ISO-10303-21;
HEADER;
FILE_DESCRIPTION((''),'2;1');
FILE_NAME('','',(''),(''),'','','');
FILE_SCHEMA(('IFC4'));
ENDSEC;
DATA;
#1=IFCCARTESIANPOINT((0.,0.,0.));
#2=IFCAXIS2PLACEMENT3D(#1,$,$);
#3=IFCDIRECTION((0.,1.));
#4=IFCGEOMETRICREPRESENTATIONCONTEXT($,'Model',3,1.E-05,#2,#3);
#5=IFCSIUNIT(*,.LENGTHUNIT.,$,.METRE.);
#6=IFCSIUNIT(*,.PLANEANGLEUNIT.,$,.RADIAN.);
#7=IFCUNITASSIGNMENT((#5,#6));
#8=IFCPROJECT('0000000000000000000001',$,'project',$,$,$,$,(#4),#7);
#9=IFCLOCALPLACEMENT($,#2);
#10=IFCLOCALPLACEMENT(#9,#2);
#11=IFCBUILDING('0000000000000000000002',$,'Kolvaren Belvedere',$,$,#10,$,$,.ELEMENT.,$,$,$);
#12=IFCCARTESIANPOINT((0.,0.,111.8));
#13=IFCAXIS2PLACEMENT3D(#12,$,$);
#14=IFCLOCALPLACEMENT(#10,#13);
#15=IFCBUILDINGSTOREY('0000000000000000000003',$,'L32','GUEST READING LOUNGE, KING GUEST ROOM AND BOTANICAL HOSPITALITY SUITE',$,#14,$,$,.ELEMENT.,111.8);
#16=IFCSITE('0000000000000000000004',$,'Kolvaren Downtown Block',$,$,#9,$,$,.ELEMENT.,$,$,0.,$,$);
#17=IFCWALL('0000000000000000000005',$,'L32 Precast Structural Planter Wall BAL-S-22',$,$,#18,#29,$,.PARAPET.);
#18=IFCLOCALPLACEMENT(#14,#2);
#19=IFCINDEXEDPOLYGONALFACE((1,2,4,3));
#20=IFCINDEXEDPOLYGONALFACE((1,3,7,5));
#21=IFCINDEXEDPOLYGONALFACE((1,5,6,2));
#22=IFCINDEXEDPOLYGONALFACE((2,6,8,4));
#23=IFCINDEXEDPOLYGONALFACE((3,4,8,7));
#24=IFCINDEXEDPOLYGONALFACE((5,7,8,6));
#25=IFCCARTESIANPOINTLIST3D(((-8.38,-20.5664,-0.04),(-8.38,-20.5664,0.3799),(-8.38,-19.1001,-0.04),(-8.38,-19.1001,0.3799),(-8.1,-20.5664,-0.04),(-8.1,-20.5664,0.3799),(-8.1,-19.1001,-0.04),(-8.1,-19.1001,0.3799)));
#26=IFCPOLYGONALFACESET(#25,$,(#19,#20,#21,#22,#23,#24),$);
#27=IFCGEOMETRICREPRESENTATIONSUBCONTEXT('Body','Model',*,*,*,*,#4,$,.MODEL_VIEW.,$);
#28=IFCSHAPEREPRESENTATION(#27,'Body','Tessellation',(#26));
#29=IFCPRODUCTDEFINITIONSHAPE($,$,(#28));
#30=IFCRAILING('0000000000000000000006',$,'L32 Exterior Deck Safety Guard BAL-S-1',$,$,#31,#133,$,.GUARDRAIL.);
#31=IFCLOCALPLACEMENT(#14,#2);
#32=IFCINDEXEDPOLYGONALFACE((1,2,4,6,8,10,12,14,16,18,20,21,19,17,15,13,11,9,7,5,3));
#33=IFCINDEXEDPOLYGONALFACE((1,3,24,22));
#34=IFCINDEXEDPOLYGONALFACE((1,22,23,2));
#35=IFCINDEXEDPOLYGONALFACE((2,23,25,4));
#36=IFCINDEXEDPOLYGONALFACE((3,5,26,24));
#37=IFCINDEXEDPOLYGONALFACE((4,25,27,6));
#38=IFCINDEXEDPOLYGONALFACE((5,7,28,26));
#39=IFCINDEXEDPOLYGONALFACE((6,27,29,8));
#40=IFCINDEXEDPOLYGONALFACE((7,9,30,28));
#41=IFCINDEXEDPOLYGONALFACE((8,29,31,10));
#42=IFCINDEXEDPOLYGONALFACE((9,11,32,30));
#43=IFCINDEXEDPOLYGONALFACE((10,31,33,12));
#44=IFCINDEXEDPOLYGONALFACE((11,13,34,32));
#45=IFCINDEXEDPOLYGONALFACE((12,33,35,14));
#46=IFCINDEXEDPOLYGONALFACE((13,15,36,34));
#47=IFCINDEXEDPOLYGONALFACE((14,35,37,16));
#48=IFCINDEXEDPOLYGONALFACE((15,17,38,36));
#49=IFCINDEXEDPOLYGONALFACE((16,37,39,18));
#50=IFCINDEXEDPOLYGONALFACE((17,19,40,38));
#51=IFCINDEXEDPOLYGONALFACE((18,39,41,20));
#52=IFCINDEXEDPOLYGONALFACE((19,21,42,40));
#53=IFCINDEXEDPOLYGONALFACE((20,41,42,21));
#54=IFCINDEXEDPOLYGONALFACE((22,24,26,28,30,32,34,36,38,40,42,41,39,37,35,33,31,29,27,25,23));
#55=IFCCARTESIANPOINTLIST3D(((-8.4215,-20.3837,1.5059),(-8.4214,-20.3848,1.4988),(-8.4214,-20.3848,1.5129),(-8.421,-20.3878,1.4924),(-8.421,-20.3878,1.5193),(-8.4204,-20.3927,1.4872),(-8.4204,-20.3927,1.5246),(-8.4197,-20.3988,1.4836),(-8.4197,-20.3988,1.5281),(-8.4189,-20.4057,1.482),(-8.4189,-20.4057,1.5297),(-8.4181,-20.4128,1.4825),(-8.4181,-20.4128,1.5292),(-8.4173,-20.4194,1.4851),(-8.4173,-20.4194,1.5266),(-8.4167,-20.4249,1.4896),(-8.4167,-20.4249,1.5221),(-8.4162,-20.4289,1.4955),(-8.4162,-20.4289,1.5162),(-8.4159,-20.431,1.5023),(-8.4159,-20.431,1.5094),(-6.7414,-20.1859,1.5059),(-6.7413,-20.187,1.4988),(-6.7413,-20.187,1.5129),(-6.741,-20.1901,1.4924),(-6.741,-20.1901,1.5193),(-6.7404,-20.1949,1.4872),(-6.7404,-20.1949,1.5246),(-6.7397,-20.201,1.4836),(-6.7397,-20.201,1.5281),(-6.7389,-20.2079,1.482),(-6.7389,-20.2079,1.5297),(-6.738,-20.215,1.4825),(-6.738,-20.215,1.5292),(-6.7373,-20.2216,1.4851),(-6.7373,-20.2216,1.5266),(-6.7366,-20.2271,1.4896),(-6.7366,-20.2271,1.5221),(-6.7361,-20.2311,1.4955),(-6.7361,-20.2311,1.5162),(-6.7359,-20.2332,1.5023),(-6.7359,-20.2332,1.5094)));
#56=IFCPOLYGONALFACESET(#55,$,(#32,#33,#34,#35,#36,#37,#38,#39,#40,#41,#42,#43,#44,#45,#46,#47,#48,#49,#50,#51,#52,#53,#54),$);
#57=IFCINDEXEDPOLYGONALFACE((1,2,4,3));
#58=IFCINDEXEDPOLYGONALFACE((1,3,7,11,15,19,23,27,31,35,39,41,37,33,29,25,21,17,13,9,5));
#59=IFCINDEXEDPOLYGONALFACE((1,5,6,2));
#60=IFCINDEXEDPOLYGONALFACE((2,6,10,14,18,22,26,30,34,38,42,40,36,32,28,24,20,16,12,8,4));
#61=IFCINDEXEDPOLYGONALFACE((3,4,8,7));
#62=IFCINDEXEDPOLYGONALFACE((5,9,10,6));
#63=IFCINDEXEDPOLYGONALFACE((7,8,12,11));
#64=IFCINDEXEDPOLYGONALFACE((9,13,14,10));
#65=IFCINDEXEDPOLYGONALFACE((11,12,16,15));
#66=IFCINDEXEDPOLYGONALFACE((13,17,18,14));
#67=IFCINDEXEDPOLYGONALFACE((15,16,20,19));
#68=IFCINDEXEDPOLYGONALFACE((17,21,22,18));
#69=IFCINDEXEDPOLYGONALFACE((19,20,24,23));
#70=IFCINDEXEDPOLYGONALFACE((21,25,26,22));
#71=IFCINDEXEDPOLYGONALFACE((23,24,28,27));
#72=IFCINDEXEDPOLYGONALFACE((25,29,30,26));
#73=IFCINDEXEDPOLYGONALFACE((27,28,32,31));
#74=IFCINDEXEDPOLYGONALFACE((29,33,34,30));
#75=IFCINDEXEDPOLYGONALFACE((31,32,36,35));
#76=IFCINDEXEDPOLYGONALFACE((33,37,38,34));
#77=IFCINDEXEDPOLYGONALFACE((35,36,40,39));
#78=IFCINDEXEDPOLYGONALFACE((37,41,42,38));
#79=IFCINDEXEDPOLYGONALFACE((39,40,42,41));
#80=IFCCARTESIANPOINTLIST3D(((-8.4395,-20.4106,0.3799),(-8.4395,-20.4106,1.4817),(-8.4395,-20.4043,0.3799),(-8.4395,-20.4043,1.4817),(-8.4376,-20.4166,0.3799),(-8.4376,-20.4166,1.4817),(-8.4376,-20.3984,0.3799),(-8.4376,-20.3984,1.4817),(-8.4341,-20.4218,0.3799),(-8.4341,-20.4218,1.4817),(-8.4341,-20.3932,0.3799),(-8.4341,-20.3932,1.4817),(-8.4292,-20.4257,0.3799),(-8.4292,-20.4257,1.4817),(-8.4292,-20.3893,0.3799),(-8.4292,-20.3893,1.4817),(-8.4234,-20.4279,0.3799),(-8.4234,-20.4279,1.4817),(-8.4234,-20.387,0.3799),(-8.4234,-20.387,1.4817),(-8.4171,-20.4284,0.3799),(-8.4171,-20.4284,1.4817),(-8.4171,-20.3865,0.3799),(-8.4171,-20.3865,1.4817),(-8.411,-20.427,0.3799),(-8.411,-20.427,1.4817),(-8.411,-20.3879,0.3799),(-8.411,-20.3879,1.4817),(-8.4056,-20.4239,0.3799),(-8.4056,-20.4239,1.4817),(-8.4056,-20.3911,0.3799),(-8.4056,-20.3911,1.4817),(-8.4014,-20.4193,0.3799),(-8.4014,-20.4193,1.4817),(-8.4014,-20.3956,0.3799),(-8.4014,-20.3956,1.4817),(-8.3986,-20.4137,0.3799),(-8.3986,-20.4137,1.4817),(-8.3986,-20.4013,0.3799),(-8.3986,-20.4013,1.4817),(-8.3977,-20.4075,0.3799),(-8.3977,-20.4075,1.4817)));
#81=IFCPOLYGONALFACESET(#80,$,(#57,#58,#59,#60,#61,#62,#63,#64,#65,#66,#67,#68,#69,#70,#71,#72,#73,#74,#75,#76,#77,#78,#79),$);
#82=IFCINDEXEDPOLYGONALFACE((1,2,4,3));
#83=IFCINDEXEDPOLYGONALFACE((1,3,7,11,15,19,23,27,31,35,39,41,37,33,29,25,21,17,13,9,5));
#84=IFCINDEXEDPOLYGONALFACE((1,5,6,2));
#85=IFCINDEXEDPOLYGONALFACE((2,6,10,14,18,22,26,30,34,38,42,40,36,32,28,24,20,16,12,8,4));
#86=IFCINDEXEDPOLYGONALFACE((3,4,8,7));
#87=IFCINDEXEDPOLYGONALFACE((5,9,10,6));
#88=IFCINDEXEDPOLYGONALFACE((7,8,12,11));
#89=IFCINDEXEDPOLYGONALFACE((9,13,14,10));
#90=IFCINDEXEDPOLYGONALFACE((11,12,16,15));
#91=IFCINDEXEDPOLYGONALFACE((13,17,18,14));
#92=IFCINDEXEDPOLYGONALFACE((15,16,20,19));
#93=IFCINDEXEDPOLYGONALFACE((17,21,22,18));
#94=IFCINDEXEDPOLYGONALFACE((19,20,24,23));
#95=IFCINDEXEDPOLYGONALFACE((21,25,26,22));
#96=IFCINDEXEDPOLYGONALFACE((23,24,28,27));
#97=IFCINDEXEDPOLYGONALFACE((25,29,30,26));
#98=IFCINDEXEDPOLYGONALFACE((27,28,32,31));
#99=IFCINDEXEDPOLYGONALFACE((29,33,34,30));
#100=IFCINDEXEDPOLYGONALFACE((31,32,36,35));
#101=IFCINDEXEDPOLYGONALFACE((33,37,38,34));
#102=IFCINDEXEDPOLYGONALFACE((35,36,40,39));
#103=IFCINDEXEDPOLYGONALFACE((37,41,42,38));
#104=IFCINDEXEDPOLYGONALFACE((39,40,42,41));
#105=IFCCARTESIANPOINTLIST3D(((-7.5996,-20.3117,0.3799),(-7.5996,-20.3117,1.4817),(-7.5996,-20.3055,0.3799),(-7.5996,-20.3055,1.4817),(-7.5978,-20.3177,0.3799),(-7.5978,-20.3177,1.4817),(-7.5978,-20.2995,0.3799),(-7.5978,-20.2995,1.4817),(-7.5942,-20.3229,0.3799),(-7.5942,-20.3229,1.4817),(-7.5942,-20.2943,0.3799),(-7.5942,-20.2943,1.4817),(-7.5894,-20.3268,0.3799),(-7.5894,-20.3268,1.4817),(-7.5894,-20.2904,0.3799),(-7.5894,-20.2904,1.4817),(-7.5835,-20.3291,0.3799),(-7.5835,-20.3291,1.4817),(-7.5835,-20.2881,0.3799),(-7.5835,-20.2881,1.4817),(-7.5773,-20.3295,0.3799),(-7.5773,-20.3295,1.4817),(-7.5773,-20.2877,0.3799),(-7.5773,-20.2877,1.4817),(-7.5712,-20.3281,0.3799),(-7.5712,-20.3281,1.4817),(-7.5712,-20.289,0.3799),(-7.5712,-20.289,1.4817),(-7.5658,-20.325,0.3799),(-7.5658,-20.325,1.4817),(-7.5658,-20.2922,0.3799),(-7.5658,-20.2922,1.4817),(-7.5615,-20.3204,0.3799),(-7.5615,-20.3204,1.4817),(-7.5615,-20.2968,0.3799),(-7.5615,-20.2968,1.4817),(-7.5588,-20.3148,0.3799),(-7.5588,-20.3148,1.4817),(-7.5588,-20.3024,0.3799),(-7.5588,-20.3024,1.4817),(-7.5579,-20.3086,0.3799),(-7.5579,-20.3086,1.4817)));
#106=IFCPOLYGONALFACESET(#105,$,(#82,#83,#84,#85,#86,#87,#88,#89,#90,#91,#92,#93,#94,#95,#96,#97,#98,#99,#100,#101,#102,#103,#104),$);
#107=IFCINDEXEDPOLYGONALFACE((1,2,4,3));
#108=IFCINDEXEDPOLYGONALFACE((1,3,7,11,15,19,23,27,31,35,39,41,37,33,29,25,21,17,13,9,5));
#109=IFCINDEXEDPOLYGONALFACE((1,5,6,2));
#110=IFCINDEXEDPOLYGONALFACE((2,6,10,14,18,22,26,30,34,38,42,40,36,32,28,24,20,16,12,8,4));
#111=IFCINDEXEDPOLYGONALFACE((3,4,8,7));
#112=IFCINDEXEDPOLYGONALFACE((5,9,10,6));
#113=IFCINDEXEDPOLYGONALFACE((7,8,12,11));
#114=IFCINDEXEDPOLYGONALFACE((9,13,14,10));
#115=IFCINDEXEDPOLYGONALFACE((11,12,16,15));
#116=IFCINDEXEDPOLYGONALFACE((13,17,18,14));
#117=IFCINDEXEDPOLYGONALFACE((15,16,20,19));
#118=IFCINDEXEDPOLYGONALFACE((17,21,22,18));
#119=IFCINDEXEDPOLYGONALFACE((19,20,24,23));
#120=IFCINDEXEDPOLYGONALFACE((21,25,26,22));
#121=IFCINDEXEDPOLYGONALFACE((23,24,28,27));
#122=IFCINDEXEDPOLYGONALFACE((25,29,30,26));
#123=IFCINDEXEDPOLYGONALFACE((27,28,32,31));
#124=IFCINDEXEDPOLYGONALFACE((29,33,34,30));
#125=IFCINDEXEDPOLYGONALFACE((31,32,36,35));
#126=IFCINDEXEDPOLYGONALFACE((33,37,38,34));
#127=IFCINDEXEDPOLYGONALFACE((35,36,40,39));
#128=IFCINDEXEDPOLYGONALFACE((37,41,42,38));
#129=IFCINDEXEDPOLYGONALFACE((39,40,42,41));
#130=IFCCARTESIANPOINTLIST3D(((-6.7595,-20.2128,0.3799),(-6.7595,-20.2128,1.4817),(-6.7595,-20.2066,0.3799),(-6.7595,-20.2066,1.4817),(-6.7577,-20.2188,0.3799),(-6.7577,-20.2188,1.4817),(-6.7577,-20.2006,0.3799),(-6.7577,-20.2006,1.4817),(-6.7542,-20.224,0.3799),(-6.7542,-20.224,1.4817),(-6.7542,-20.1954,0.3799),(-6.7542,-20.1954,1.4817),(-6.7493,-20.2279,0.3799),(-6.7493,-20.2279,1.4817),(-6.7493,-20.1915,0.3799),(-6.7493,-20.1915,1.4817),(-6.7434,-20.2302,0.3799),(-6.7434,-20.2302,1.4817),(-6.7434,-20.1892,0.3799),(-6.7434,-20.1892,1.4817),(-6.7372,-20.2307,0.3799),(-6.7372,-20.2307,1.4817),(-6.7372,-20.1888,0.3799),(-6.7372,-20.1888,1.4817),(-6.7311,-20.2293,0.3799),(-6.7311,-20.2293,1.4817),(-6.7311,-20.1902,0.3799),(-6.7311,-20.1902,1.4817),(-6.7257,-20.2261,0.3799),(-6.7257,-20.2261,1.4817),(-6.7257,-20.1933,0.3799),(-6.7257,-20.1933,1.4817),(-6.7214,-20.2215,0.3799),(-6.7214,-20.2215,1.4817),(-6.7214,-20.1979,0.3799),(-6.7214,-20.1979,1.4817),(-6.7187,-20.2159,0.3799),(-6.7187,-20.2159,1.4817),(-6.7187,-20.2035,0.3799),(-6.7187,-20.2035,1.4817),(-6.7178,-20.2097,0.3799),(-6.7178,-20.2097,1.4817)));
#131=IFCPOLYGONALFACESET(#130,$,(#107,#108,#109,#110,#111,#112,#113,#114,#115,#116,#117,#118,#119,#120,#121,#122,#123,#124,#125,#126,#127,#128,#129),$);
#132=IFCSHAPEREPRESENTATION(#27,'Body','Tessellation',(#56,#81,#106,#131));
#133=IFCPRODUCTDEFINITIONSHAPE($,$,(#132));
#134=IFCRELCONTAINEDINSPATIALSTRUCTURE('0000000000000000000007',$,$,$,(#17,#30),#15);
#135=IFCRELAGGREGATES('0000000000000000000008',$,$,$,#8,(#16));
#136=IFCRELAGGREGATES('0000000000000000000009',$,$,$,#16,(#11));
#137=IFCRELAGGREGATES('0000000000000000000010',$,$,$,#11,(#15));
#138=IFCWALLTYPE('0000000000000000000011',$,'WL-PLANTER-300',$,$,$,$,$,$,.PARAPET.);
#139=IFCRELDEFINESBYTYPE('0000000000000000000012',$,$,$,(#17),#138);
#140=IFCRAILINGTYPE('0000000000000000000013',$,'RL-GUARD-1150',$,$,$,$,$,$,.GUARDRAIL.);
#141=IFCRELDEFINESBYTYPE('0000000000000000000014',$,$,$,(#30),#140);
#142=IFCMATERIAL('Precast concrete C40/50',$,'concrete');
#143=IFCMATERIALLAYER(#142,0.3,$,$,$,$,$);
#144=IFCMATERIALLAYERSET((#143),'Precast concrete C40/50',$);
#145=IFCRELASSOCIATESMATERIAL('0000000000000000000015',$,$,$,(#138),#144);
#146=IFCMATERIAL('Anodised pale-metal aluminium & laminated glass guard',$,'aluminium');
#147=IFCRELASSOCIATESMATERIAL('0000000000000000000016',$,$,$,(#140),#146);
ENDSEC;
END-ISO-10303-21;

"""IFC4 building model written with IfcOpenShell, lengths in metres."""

from ifc_helpers import new_model, si_unit, direction, frame, frame_2d, origin, origin_2d, place, context, subcontext, project, spatial, rectangle, circle, extrude, material, layer, layer_set, type_object, element, save


model = new_model("IFC4")

# Units and contexts
model_context = context("Model", 3, precision=1e-05, world=origin(), true_north=direction((0.0, 1.0)))
body_context = subcontext(model_context, "Body", "Model", "MODEL_VIEW")
ifc_project = project(units=[si_unit("LENGTHUNIT", "METRE"), si_unit("PLANEANGLEUNIT", "RADIAN")], contexts=[model_context])

# Site, building, storey
site_placement = place(None, origin())
site = spatial("IfcSite", under=ifc_project, at=site_placement, Name="Kolvaren Downtown Block", CompositionType="ELEMENT", RefElevation=0.0)
building_placement = place(site_placement, origin())
building = spatial("IfcBuilding", under=site, at=building_placement, Name="Kolvaren Belvedere", CompositionType="ELEMENT")
storey_placement = place(building_placement, frame((0.0, 0.0, 111.8)))
storey = spatial("IfcBuildingStorey", under=building, at=storey_placement, Name="L32", Description="GUEST READING LOUNGE, KING GUEST ROOM AND BOTANICAL HOSPITALITY SUITE", CompositionType="ELEMENT", Elevation=111.8)

# Wall
ifc_material_1 = material(Name="Precast concrete C40/50", Category="concrete")
ifc_layer_1 = layer(ifc_material_1, 0.3)
ifc_layer_set_1 = layer_set([ifc_layer_1], Name="Precast concrete C40/50")
wall_type_1 = type_object("IfcWallType", Name="WL-PLANTER-300", PredefinedType="PARAPET", material=ifc_layer_set_1)
wall_1_placement = place(storey_placement, frame((-8.24, -19.1001, -0.04), z_axis=(0.0, 0.0, 1.0), x_axis=(0.0, -1.0, 0.0)))
element("IfcWall", 1, at=wall_1_placement, inside=storey, type_object=wall_type_1, Name="L32 Precast Structural Planter Wall BAL-S-22", PredefinedType="PARAPET", context=body_context, shape_type="SweptSolid", body=[
    extrude(rectangle(XDim=1.4663, YDim=0.28, at=frame_2d((0.7332, 0.0))), origin(), (0.0, 0.0, 1.0), 0.4199),
])

# Railing
ifc_material_2 = material(Name="Anodised pale-metal aluminium & laminated glass guard", Category="aluminium")
railing_type = type_object("IfcRailingType", Name="RL-GUARD-1150", PredefinedType="GUARDRAIL", material=ifc_material_2)
railing_1_placement = place(storey_placement, frame((-8.4187, -20.4075, 0.3799)))
element("IfcRailing", 2, at=railing_1_placement, inside=storey, type_object=railing_type, Name="L32 Exterior Deck Safety Guard BAL-S-1", PredefinedType="GUARDRAIL", context=body_context, shape_type="SweptSolid", body=[
    extrude(circle(Radius=0.0239, at=origin_2d()), frame((0.0, 0.0, 1.126), z_axis=(0.993143, 0.116908, 0.0), x_axis=(-0.116908, 0.993143, 0.0)), (0.0, 0.0, 1.0), 1.6917),
    extrude(circle(Radius=0.021, at=origin_2d()), origin(), (0.0, 0.0, 1.0), 1.1018),
    extrude(circle(Radius=0.021, at=origin_2d()), frame((0.8398, 0.0989, 0.0)), (0.0, 0.0, 1.0), 1.1018),
    extrude(circle(Radius=0.021, at=origin_2d()), frame((1.6799, 0.1978, 0.0)), (0.0, 0.0, 1.0), 1.1018),
])

save(model, "model.ifc")
